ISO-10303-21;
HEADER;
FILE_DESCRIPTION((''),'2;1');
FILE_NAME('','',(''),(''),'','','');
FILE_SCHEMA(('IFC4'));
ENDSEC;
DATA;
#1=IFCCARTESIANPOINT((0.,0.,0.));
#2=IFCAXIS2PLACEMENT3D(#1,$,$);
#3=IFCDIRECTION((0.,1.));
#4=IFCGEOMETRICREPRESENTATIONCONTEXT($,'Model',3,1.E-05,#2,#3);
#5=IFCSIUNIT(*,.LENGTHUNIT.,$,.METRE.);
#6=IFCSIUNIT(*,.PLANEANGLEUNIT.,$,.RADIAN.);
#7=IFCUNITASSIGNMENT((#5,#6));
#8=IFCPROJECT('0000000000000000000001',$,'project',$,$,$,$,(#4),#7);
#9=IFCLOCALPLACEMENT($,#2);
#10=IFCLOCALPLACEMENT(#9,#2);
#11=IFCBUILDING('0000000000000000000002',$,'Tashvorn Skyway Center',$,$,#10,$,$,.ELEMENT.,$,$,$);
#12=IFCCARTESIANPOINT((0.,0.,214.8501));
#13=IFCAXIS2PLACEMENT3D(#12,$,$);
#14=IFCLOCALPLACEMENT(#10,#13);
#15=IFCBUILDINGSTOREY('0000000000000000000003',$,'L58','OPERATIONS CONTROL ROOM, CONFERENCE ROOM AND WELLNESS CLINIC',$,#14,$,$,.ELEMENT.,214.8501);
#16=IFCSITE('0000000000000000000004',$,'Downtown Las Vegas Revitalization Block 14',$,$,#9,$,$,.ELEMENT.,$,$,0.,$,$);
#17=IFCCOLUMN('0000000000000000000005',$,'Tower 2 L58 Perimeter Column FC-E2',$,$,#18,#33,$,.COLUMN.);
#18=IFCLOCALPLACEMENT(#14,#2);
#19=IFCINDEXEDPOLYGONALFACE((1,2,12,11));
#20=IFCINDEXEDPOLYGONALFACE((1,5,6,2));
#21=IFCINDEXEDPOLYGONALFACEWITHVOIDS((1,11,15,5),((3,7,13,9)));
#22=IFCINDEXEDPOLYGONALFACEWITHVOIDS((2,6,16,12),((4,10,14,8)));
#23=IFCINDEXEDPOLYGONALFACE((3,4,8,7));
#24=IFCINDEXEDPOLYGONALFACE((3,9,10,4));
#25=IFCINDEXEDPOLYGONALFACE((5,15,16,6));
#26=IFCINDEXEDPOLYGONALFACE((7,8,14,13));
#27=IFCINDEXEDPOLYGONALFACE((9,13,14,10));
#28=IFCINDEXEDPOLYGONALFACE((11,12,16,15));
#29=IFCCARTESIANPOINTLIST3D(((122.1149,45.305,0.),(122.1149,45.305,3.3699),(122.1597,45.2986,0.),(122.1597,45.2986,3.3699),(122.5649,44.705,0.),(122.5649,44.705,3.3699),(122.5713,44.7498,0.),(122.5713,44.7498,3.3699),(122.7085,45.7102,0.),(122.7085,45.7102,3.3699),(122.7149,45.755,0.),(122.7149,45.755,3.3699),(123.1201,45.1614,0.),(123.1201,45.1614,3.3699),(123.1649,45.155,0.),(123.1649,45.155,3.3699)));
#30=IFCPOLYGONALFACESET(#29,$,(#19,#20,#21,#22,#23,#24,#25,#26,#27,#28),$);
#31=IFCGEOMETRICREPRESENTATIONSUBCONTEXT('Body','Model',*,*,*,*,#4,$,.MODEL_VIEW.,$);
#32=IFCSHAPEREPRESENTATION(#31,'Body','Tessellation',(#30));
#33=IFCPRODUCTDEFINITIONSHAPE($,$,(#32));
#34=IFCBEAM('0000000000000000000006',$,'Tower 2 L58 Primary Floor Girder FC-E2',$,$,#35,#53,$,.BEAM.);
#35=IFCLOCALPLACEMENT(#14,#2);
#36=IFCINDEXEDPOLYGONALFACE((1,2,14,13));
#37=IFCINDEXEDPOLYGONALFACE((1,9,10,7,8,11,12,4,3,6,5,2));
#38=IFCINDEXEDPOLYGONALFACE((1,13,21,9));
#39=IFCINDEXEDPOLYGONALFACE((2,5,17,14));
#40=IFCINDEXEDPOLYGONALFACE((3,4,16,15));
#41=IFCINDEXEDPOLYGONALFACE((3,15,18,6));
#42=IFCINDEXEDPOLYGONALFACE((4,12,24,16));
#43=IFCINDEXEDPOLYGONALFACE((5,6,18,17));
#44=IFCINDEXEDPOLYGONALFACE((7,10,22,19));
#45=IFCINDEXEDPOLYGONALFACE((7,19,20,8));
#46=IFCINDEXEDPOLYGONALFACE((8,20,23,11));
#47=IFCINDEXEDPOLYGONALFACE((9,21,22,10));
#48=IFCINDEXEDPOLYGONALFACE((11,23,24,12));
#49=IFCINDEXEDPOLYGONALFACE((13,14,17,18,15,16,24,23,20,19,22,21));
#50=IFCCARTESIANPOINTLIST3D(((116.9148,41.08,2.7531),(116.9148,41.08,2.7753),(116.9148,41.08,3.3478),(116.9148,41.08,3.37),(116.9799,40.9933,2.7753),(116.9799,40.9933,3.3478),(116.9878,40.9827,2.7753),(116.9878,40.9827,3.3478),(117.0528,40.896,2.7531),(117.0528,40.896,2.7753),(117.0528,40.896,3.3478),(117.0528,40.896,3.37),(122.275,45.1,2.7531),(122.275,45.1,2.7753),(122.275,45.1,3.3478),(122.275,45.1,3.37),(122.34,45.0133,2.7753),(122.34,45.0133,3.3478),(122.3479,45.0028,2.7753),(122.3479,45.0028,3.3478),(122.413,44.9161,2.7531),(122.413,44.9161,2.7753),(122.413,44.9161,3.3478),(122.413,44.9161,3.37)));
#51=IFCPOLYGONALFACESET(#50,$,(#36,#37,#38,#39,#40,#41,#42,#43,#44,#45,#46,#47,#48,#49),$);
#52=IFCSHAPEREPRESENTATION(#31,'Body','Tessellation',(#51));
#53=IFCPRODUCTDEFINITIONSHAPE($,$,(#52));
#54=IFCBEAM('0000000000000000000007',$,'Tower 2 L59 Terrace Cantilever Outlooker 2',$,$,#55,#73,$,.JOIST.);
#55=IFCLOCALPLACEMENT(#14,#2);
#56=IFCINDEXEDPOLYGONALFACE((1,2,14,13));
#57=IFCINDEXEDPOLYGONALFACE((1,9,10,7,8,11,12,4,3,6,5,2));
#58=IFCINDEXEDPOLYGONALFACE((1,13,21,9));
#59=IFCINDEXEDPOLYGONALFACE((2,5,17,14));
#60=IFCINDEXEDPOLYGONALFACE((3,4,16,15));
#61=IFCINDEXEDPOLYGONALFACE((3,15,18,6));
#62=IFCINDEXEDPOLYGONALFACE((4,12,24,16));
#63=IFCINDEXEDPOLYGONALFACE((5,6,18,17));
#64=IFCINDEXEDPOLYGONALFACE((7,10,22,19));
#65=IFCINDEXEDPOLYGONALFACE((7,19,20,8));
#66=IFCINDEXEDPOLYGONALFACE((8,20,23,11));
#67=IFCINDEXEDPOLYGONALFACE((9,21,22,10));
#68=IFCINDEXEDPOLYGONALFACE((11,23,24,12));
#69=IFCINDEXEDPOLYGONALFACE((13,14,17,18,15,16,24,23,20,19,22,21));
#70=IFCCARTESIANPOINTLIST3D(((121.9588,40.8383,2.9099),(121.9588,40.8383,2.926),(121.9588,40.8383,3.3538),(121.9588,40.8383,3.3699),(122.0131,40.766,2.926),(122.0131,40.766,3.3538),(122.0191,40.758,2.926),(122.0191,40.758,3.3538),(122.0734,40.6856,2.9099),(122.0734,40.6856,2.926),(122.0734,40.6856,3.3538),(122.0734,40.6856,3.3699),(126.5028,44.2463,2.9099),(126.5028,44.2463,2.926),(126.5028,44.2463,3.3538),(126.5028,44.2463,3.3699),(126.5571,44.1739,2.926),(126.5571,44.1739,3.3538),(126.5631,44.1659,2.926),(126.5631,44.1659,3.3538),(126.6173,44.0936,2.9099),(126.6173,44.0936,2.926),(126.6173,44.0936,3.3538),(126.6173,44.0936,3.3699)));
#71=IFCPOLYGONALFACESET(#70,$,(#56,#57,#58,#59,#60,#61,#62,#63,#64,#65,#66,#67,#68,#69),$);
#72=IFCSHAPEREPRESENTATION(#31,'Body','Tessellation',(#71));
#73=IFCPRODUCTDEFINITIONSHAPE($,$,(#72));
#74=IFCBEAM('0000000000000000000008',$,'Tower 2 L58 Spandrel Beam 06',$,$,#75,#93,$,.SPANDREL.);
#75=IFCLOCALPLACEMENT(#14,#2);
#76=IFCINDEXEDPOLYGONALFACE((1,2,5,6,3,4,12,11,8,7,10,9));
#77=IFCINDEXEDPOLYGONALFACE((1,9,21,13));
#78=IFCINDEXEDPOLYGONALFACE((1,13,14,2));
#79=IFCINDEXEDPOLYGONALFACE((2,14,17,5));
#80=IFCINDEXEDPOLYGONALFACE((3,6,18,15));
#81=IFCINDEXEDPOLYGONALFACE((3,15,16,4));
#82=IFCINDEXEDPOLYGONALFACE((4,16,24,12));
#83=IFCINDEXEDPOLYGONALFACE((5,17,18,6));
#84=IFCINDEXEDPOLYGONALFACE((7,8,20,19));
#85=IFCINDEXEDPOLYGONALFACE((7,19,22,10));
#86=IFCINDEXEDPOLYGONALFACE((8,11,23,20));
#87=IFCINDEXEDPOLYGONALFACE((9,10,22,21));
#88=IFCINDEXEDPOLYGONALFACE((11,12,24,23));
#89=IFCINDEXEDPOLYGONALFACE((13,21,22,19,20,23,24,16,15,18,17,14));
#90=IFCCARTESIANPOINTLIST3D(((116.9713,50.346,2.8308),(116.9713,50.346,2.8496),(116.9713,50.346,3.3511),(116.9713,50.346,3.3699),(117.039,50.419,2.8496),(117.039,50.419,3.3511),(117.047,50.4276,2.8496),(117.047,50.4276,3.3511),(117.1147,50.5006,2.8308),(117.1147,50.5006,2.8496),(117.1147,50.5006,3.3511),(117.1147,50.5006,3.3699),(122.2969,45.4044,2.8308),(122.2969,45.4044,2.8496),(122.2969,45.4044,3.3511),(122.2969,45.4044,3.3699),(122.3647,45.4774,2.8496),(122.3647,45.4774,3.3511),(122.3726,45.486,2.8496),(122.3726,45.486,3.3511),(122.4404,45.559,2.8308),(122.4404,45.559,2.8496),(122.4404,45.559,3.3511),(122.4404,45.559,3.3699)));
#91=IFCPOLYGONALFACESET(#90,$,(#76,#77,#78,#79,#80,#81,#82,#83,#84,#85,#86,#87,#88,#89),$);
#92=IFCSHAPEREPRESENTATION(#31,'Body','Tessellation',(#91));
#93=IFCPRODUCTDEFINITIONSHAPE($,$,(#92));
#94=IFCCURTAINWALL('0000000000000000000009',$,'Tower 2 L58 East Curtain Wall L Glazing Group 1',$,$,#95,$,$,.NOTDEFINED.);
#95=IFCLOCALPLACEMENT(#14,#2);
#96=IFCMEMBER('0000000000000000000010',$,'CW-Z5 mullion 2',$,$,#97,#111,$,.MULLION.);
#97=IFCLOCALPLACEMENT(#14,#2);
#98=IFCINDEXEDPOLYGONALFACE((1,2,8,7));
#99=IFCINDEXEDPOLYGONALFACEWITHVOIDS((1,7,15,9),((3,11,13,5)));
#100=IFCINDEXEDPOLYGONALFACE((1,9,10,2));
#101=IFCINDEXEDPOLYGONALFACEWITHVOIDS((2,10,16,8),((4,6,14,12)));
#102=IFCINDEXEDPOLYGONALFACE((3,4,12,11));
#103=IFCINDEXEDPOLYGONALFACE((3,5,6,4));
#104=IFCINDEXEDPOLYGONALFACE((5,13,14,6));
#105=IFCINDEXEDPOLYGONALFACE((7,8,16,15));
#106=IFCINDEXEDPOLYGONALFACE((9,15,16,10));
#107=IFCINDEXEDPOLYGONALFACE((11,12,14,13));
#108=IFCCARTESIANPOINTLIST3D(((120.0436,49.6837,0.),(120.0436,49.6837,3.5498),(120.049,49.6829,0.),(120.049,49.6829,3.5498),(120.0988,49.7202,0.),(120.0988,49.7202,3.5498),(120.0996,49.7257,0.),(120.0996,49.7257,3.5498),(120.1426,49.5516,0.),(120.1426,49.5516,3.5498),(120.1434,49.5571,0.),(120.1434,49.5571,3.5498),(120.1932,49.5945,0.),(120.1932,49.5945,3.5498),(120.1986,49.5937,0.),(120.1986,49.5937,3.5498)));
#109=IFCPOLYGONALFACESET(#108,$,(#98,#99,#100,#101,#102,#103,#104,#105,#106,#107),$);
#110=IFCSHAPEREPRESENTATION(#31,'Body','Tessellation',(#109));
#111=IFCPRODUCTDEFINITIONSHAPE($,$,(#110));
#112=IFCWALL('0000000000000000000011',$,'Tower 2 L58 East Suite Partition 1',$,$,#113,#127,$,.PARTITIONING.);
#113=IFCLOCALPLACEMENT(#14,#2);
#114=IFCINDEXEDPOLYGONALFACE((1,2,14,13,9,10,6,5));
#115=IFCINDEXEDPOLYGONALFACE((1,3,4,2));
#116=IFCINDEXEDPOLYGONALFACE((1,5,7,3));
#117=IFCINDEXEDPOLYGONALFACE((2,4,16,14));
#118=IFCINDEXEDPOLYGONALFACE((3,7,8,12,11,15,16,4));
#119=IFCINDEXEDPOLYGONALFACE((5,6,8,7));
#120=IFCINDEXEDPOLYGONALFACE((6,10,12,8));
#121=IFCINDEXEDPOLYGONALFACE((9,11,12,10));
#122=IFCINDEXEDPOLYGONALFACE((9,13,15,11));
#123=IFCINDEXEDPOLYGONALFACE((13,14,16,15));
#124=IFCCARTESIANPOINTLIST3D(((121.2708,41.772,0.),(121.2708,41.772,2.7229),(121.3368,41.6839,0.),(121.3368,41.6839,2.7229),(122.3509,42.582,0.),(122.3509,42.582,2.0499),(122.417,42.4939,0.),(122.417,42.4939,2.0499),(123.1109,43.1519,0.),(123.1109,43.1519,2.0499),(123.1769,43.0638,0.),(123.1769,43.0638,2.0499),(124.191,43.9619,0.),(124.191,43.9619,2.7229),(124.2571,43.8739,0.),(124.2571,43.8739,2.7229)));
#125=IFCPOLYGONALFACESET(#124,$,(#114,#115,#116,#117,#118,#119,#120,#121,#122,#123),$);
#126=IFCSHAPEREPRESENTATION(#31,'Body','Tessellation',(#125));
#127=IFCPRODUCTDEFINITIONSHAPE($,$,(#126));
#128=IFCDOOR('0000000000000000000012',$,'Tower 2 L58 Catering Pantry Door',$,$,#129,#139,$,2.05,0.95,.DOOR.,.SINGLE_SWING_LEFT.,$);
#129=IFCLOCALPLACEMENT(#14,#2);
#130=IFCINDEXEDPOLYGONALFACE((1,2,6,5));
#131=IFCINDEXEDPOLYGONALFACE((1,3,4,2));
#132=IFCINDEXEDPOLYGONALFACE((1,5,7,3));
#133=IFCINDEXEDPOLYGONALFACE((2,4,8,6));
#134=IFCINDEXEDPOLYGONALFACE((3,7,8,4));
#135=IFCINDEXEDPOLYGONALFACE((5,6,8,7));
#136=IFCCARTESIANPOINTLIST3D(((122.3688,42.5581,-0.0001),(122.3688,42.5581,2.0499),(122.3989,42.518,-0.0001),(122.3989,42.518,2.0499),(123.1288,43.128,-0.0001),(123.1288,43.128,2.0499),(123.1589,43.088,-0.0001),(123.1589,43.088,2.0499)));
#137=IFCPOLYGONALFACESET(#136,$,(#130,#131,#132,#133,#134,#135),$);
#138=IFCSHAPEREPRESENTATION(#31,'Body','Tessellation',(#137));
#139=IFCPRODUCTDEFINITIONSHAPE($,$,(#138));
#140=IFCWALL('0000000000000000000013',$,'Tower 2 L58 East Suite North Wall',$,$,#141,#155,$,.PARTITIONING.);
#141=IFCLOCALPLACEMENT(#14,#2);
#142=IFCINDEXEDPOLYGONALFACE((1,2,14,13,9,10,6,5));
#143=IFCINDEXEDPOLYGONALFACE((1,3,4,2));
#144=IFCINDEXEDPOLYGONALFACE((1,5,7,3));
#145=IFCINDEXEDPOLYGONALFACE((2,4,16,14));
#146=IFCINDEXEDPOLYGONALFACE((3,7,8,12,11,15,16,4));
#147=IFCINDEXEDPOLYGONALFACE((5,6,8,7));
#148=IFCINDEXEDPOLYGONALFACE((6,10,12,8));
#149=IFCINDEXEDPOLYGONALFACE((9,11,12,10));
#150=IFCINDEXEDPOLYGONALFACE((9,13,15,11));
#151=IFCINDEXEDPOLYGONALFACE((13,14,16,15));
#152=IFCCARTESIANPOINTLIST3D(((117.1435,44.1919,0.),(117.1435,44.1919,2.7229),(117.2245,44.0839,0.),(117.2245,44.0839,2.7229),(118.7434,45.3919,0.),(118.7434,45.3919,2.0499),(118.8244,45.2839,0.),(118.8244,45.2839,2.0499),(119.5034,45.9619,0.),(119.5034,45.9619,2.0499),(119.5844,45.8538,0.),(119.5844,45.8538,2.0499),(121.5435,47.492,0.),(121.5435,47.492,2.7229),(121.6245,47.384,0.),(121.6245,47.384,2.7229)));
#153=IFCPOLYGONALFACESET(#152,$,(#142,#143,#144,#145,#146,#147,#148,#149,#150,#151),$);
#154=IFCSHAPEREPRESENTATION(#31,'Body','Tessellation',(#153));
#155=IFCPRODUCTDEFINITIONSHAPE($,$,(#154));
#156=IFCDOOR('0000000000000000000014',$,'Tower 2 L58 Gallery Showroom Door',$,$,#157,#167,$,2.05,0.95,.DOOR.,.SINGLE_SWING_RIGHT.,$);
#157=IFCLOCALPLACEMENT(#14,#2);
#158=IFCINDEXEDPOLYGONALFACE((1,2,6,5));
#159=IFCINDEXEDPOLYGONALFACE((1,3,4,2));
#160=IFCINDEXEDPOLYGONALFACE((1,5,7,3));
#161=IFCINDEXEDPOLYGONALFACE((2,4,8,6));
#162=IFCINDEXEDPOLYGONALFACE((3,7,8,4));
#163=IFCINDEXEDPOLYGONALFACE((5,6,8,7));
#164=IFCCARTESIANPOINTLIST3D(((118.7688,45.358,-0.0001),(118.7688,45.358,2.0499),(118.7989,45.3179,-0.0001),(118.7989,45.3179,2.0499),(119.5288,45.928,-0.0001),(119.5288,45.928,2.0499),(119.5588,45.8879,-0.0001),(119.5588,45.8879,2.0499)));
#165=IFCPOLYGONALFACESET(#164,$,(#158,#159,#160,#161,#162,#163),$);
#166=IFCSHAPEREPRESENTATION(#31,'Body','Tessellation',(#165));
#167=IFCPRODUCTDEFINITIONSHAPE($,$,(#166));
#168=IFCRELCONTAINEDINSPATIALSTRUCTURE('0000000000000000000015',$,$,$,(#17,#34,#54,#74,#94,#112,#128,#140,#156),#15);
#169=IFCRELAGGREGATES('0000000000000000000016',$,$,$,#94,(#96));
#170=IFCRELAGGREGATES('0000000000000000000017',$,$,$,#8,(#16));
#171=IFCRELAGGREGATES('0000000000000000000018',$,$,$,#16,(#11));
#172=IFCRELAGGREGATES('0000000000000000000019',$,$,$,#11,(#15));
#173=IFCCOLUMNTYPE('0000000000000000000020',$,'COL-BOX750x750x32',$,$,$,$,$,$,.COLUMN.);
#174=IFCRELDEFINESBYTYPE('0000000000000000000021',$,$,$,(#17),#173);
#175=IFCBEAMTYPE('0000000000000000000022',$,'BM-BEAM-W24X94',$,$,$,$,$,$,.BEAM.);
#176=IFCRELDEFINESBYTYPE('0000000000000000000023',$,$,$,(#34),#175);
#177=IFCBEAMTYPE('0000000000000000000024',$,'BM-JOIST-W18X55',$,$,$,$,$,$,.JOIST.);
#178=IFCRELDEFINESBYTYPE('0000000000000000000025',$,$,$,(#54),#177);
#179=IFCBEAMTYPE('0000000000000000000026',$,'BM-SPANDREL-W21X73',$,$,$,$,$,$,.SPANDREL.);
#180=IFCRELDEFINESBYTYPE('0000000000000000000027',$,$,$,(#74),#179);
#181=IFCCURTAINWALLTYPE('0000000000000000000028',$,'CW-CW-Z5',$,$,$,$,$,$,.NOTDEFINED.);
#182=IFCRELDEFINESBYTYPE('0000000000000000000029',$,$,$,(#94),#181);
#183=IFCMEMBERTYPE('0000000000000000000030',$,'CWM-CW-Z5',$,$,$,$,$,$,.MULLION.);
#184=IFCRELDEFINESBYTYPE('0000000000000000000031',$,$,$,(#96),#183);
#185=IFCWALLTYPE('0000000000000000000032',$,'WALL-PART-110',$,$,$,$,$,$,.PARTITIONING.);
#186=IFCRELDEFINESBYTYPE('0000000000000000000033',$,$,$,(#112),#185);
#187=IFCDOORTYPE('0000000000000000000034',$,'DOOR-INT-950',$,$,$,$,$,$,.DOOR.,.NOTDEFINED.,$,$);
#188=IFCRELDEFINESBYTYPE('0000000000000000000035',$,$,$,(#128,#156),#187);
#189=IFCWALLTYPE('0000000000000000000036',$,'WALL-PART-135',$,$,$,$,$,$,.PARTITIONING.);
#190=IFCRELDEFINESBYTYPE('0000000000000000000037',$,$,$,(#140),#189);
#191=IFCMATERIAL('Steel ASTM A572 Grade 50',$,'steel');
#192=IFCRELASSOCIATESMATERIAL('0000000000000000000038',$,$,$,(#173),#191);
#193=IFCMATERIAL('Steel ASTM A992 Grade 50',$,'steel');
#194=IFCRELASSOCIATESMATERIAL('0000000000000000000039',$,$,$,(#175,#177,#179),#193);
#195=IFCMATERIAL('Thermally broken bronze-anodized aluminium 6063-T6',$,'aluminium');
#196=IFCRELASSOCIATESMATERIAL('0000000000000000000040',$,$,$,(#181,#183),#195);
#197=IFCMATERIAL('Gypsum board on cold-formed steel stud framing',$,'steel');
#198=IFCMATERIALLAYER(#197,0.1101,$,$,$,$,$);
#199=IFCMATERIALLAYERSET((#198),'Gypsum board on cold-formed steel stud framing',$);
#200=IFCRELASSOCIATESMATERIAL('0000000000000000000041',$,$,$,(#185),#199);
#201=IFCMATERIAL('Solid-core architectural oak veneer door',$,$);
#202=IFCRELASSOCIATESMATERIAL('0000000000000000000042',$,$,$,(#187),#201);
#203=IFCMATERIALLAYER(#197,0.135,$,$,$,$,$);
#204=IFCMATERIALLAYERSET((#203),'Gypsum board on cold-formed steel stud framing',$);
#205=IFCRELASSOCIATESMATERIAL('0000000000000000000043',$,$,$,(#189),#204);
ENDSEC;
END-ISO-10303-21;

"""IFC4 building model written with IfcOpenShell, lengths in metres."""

from ifc_helpers import new_model, si_unit, direction, frame, frame_2d, origin, origin_2d, place, context, subcontext, project, spatial, rectangle, hollow_rectangle, i_section, extrude, material, layer, layer_set, material_profile, profile_set, type_object, element, fill, aggregate, save


model = new_model("IFC4")

# Units and contexts
model_context = context("Model", 3, precision=1e-05, world=origin(), true_north=direction((0.0, 1.0)))
body_context = subcontext(model_context, "Body", "Model", "MODEL_VIEW")
ifc_project = project(units=[si_unit("LENGTHUNIT", "METRE"), si_unit("PLANEANGLEUNIT", "RADIAN")], contexts=[model_context])

# Site, building, storey
site_placement = place(None, origin())
site = spatial("IfcSite", under=ifc_project, at=site_placement, Name="Downtown Las Vegas Revitalization Block 14", CompositionType="ELEMENT", RefElevation=0.0)
building_placement = place(site_placement, origin())
building = spatial("IfcBuilding", under=site, at=building_placement, Name="Tashvorn Skyway Center", CompositionType="ELEMENT")
storey_placement = place(building_placement, frame((0.0, 0.0, 214.8501)))
storey = spatial("IfcBuildingStorey", under=building, at=storey_placement, Name="L58", Description="OPERATIONS CONTROL ROOM, CONFERENCE ROOM AND WELLNESS CLINIC", CompositionType="ELEMENT", Elevation=214.8501)

# Column
ifc_material_1 = material(Name="Steel ASTM A572 Grade 50", Category="steel")
ifc_material_profile_1 = material_profile(ifc_material_1, hollow_rectangle(XDim=0.75, YDim=0.75, WallThickness=0.032, at=origin_2d()), Name="BOX750x750x32")
ifc_profile_set_1 = profile_set([ifc_material_profile_1], Name="Steel ASTM A572 Grade 50")
column_type = type_object("IfcColumnType", Name="COL-BOX750x750x32", PredefinedType="COLUMN", material=ifc_profile_set_1)
column_placement = place(storey_placement, frame((122.6399, 45.23, 0.0), z_axis=(0.0, 0.0, 1.0), x_axis=(0.8, 0.6, 0.0)))
element("IfcColumn", 1, at=column_placement, inside=storey, type_object=column_type, Name="Tower 2 L58 Perimeter Column FC-E2", PredefinedType="COLUMN", context=body_context, shape_type="SweptSolid", body=[
    extrude(hollow_rectangle(XDim=0.75, YDim=0.75, WallThickness=0.032, at=origin_2d()), origin(), (0.0, 0.0, 1.0), 3.3699),
])

# Beams
ifc_material_2 = material(Name="Steel ASTM A992 Grade 50", Category="steel")
ifc_material_profile_2 = material_profile(ifc_material_2, i_section(OverallWidth=0.23, OverallDepth=0.6169, WebThickness=0.0132, FlangeThickness=0.0222, at=origin_2d()), Name="W24X94")
ifc_profile_set_2 = profile_set([ifc_material_profile_2], Name="Steel ASTM A992 Grade 50")
beam_type_1 = type_object("IfcBeamType", Name="BM-BEAM-W24X94", PredefinedType="BEAM", material=ifc_profile_set_2)
beam_1_placement = place(storey_placement, frame((122.344, 45.0081, 3.0615), z_axis=(-0.800004, -0.599994, 0.0), x_axis=(0.599994, -0.800004, 0.0)))
element("IfcBeam", 2, at=beam_1_placement, inside=storey, type_object=beam_type_1, Name="Tower 2 L58 Primary Floor Girder FC-E2", PredefinedType="BEAM", context=body_context, shape_type="SweptSolid", body=[
    extrude(i_section(OverallWidth=0.23, OverallDepth=0.6169, WebThickness=0.0132, FlangeThickness=0.0222, at=origin_2d()), origin(), (0.0, 0.0, 1.0), 6.7002),
])
ifc_material_profile_3 = material_profile(ifc_material_2, i_section(OverallWidth=0.1909, OverallDepth=0.46, WebThickness=0.01, FlangeThickness=0.0161, at=origin_2d()), Name="W18X55")
ifc_profile_set_3 = profile_set([ifc_material_profile_3], Name="Steel ASTM A992 Grade 50")
beam_type_2 = type_object("IfcBeamType", Name="BM-JOIST-W18X55", PredefinedType="JOIST", material=ifc_profile_set_3)
beam_2_placement = place(storey_placement, frame((122.0161, 40.762, 3.1399), z_axis=(0.8, 0.6, 0.0), x_axis=(-0.6, 0.8, 0.0)))
element("IfcBeam", 3, at=beam_2_placement, inside=storey, type_object=beam_type_2, Name="Tower 2 L59 Terrace Cantilever Outlooker 2", PredefinedType="JOIST", context=body_context, shape_type="SweptSolid", body=[
    extrude(i_section(OverallWidth=0.1909, OverallDepth=0.46, WebThickness=0.01, FlangeThickness=0.0161, at=origin_2d()), origin(), (0.0, 0.0, 1.0), 5.6799),
])
ifc_material_profile_4 = material_profile(ifc_material_2, i_section(OverallWidth=0.2109, OverallDepth=0.5391, WebThickness=0.0117, FlangeThickness=0.0188, at=origin_2d()), Name="W21X73")
ifc_profile_set_4 = profile_set([ifc_material_profile_4], Name="Steel ASTM A992 Grade 50")
beam_type_3 = type_object("IfcBeamType", Name="BM-SPANDREL-W21X73", PredefinedType="SPANDREL", material=ifc_profile_set_4)
beam_3_placement = place(storey_placement, frame((122.3687, 45.4817, 3.1003), z_axis=(-0.733042, 0.680183, 0.0), x_axis=(-0.680183, -0.733042, 0.0)))
element("IfcBeam", 4, at=beam_3_placement, inside=storey, type_object=beam_type_3, Name="Tower 2 L58 Spandrel Beam 06", PredefinedType="SPANDREL", context=body_context, shape_type="SweptSolid", body=[
    extrude(i_section(OverallWidth=0.2109, OverallDepth=0.5391, WebThickness=0.0117, FlangeThickness=0.0188, at=origin_2d()), origin(), (0.0, 0.0, 1.0), 7.2651),
])

# Curtain wall, member
ifc_material_3 = material(Name="Thermally broken bronze-anodized aluminium 6063-T6", Category="aluminium")
curtain_wall_type = type_object("IfcCurtainWallType", Name="CW-CW-Z5", PredefinedType="NOTDEFINED", material=ifc_material_3)
curtain_wall_placement = place(storey_placement, origin())
curtain_wall = element("IfcCurtainWall", 5, at=curtain_wall_placement, inside=storey, type_object=curtain_wall_type, Name="Tower 2 L58 East Curtain Wall L Glazing Group 1", PredefinedType="NOTDEFINED")
ifc_material_profile_5 = material_profile(ifc_material_3, hollow_rectangle(XDim=0.0701, YDim=0.165, WallThickness=0.0039, at=origin_2d()), Name="ALU-MULL-70x165")
ifc_profile_set_5 = profile_set([ifc_material_profile_5], Name="Thermally broken bronze-anodized aluminium 6063-T6")
member_type = type_object("IfcMemberType", Name="CWM-CW-Z5", PredefinedType="MULLION", material=ifc_profile_set_5)
member_placement = place(storey_placement, frame((120.1211, 49.6387, 0.0), z_axis=(0.0, 0.0, 1.0), x_axis=(0.799996, 0.600005, 0.0)))
member = element("IfcMember", 6, at=member_placement, type_object=member_type, Name="CW-Z5 mullion 2", PredefinedType="MULLION", context=body_context, shape_type="SweptSolid", body=[
    extrude(hollow_rectangle(XDim=0.0701, YDim=0.165, WallThickness=0.0039, at=origin_2d()), origin(), (0.0, 0.0, 1.0), 3.5498),
])
aggregate(curtain_wall, [member])

# Walls, openings, doors
ifc_material_4 = material(Name="Gypsum board on cold-formed steel stud framing", Category="steel")
ifc_layer_1 = layer(ifc_material_4, 0.1101)
ifc_layer_set_1 = layer_set([ifc_layer_1], Name="Gypsum board on cold-formed steel stud framing")
wall_type_1 = type_object("IfcWallType", Name="WALL-PART-110", PredefinedType="PARTITIONING", material=ifc_layer_set_1)
wall_1_placement = place(storey_placement, frame((124.2241, 43.918, 0.0), z_axis=(0.0, 0.0, 1.0), x_axis=(-0.800024, -0.599968, 0.0)))
wall_1 = element("IfcWall", 7, at=wall_1_placement, inside=storey, type_object=wall_type_1, Name="Tower 2 L58 East Suite Partition 1", PredefinedType="PARTITIONING", context=body_context, shape_type="SweptSolid", body=[
    extrude(rectangle(XDim=3.6501, YDim=0.1101, at=frame_2d((1.8252, 0.0))), origin(), (0.0, 0.0, 1.0), 2.7229),
])
opening_1_placement = place(wall_1_placement, frame((1.3501, 0.0, 0.0)))
opening_1 = element("IfcOpeningElement", 8, at=opening_1_placement, cuts=wall_1, PredefinedType="OPENING", context=body_context, shape_type="SweptSolid", body=[
    extrude(rectangle(XDim=0.95, YDim=2.05, at=frame_2d((0.4751, 1.0249))), frame((0.0, 0.0649, 0.0), z_axis=(0.0, -1.0, 0.0), x_axis=(1.0, 0.0, 0.0)), (0.0, 0.0, 1.0), 0.1301),
])
ifc_material_5 = material(Name="Solid-core architectural oak veneer door")
door_type_1 = type_object("IfcDoorType", Name="DOOR-INT-950", OperationType="NOTDEFINED", PredefinedType="DOOR", material=ifc_material_5)
door_1_placement = place(opening_1_placement, origin())
door_1 = element("IfcDoor", 9, at=door_1_placement, inside=storey, type_object=door_type_1, Name="Tower 2 L58 Catering Pantry Door", OperationType="SINGLE_SWING_LEFT", OverallHeight=2.05, OverallWidth=0.95, PredefinedType="DOOR", context=body_context, shape_type="SweptSolid", body=[
    extrude(rectangle(XDim=0.95, YDim=2.05, at=frame_2d((0.4751, 1.0249))), frame((0.0, 0.0249, 0.0), z_axis=(0.0, -1.0, 0.0), x_axis=(1.0, 0.0, 0.0)), (0.0, 0.0, 1.0), 0.05),
])
fill(opening_1, door_1)
ifc_layer_2 = layer(ifc_material_4, 0.135)
ifc_layer_set_2 = layer_set([ifc_layer_2], Name="Gypsum board on cold-formed steel stud framing")
wall_type_2 = type_object("IfcWallType", Name="WALL-PART-135", PredefinedType="PARTITIONING", material=ifc_layer_set_2)
wall_2_placement = place(storey_placement, frame((121.584, 47.438, 0.0), z_axis=(0.0, 0.0, 1.0), x_axis=(-0.799989, -0.600014, 0.0)))
wall_2 = element("IfcWall", 10, at=wall_2_placement, inside=storey, type_object=wall_type_2, Name="Tower 2 L58 East Suite North Wall", PredefinedType="PARTITIONING", context=body_context, shape_type="SweptSolid", body=[
    extrude(rectangle(XDim=5.5, YDim=0.135, at=frame_2d((2.75, 0.0))), origin(), (0.0, 0.0, 1.0), 2.7229),
])
opening_2_placement = place(wall_2_placement, frame((2.55, 0.0, 0.0)))
opening_2 = element("IfcOpeningElement", 11, at=opening_2_placement, cuts=wall_2, PredefinedType="OPENING", context=body_context, shape_type="SweptSolid", body=[
    extrude(rectangle(XDim=0.95, YDim=2.05, at=frame_2d((0.4751, 1.0249))), frame((0.0, 0.0774, 0.0), z_axis=(0.0, -1.0, 0.0), x_axis=(1.0, 0.0, 0.0)), (0.0, 0.0, 1.0), 0.155),
])
door_2_placement = place(opening_2_placement, origin())
door_2 = element("IfcDoor", 12, at=door_2_placement, inside=storey, type_object=door_type_1, Name="Tower 2 L58 Gallery Showroom Door", OperationType="SINGLE_SWING_RIGHT", OverallHeight=2.05, OverallWidth=0.95, PredefinedType="DOOR", context=body_context, shape_type="SweptSolid", body=[
    extrude(rectangle(XDim=0.95, YDim=2.05, at=frame_2d((0.4751, 1.0249))), frame((0.0, 0.0249, 0.0), z_axis=(0.0, -1.0, 0.0), x_axis=(1.0, 0.0, 0.0)), (0.0, 0.0, 1.0), 0.05),
])
fill(opening_2, door_2)

save(model, "model.ifc")
